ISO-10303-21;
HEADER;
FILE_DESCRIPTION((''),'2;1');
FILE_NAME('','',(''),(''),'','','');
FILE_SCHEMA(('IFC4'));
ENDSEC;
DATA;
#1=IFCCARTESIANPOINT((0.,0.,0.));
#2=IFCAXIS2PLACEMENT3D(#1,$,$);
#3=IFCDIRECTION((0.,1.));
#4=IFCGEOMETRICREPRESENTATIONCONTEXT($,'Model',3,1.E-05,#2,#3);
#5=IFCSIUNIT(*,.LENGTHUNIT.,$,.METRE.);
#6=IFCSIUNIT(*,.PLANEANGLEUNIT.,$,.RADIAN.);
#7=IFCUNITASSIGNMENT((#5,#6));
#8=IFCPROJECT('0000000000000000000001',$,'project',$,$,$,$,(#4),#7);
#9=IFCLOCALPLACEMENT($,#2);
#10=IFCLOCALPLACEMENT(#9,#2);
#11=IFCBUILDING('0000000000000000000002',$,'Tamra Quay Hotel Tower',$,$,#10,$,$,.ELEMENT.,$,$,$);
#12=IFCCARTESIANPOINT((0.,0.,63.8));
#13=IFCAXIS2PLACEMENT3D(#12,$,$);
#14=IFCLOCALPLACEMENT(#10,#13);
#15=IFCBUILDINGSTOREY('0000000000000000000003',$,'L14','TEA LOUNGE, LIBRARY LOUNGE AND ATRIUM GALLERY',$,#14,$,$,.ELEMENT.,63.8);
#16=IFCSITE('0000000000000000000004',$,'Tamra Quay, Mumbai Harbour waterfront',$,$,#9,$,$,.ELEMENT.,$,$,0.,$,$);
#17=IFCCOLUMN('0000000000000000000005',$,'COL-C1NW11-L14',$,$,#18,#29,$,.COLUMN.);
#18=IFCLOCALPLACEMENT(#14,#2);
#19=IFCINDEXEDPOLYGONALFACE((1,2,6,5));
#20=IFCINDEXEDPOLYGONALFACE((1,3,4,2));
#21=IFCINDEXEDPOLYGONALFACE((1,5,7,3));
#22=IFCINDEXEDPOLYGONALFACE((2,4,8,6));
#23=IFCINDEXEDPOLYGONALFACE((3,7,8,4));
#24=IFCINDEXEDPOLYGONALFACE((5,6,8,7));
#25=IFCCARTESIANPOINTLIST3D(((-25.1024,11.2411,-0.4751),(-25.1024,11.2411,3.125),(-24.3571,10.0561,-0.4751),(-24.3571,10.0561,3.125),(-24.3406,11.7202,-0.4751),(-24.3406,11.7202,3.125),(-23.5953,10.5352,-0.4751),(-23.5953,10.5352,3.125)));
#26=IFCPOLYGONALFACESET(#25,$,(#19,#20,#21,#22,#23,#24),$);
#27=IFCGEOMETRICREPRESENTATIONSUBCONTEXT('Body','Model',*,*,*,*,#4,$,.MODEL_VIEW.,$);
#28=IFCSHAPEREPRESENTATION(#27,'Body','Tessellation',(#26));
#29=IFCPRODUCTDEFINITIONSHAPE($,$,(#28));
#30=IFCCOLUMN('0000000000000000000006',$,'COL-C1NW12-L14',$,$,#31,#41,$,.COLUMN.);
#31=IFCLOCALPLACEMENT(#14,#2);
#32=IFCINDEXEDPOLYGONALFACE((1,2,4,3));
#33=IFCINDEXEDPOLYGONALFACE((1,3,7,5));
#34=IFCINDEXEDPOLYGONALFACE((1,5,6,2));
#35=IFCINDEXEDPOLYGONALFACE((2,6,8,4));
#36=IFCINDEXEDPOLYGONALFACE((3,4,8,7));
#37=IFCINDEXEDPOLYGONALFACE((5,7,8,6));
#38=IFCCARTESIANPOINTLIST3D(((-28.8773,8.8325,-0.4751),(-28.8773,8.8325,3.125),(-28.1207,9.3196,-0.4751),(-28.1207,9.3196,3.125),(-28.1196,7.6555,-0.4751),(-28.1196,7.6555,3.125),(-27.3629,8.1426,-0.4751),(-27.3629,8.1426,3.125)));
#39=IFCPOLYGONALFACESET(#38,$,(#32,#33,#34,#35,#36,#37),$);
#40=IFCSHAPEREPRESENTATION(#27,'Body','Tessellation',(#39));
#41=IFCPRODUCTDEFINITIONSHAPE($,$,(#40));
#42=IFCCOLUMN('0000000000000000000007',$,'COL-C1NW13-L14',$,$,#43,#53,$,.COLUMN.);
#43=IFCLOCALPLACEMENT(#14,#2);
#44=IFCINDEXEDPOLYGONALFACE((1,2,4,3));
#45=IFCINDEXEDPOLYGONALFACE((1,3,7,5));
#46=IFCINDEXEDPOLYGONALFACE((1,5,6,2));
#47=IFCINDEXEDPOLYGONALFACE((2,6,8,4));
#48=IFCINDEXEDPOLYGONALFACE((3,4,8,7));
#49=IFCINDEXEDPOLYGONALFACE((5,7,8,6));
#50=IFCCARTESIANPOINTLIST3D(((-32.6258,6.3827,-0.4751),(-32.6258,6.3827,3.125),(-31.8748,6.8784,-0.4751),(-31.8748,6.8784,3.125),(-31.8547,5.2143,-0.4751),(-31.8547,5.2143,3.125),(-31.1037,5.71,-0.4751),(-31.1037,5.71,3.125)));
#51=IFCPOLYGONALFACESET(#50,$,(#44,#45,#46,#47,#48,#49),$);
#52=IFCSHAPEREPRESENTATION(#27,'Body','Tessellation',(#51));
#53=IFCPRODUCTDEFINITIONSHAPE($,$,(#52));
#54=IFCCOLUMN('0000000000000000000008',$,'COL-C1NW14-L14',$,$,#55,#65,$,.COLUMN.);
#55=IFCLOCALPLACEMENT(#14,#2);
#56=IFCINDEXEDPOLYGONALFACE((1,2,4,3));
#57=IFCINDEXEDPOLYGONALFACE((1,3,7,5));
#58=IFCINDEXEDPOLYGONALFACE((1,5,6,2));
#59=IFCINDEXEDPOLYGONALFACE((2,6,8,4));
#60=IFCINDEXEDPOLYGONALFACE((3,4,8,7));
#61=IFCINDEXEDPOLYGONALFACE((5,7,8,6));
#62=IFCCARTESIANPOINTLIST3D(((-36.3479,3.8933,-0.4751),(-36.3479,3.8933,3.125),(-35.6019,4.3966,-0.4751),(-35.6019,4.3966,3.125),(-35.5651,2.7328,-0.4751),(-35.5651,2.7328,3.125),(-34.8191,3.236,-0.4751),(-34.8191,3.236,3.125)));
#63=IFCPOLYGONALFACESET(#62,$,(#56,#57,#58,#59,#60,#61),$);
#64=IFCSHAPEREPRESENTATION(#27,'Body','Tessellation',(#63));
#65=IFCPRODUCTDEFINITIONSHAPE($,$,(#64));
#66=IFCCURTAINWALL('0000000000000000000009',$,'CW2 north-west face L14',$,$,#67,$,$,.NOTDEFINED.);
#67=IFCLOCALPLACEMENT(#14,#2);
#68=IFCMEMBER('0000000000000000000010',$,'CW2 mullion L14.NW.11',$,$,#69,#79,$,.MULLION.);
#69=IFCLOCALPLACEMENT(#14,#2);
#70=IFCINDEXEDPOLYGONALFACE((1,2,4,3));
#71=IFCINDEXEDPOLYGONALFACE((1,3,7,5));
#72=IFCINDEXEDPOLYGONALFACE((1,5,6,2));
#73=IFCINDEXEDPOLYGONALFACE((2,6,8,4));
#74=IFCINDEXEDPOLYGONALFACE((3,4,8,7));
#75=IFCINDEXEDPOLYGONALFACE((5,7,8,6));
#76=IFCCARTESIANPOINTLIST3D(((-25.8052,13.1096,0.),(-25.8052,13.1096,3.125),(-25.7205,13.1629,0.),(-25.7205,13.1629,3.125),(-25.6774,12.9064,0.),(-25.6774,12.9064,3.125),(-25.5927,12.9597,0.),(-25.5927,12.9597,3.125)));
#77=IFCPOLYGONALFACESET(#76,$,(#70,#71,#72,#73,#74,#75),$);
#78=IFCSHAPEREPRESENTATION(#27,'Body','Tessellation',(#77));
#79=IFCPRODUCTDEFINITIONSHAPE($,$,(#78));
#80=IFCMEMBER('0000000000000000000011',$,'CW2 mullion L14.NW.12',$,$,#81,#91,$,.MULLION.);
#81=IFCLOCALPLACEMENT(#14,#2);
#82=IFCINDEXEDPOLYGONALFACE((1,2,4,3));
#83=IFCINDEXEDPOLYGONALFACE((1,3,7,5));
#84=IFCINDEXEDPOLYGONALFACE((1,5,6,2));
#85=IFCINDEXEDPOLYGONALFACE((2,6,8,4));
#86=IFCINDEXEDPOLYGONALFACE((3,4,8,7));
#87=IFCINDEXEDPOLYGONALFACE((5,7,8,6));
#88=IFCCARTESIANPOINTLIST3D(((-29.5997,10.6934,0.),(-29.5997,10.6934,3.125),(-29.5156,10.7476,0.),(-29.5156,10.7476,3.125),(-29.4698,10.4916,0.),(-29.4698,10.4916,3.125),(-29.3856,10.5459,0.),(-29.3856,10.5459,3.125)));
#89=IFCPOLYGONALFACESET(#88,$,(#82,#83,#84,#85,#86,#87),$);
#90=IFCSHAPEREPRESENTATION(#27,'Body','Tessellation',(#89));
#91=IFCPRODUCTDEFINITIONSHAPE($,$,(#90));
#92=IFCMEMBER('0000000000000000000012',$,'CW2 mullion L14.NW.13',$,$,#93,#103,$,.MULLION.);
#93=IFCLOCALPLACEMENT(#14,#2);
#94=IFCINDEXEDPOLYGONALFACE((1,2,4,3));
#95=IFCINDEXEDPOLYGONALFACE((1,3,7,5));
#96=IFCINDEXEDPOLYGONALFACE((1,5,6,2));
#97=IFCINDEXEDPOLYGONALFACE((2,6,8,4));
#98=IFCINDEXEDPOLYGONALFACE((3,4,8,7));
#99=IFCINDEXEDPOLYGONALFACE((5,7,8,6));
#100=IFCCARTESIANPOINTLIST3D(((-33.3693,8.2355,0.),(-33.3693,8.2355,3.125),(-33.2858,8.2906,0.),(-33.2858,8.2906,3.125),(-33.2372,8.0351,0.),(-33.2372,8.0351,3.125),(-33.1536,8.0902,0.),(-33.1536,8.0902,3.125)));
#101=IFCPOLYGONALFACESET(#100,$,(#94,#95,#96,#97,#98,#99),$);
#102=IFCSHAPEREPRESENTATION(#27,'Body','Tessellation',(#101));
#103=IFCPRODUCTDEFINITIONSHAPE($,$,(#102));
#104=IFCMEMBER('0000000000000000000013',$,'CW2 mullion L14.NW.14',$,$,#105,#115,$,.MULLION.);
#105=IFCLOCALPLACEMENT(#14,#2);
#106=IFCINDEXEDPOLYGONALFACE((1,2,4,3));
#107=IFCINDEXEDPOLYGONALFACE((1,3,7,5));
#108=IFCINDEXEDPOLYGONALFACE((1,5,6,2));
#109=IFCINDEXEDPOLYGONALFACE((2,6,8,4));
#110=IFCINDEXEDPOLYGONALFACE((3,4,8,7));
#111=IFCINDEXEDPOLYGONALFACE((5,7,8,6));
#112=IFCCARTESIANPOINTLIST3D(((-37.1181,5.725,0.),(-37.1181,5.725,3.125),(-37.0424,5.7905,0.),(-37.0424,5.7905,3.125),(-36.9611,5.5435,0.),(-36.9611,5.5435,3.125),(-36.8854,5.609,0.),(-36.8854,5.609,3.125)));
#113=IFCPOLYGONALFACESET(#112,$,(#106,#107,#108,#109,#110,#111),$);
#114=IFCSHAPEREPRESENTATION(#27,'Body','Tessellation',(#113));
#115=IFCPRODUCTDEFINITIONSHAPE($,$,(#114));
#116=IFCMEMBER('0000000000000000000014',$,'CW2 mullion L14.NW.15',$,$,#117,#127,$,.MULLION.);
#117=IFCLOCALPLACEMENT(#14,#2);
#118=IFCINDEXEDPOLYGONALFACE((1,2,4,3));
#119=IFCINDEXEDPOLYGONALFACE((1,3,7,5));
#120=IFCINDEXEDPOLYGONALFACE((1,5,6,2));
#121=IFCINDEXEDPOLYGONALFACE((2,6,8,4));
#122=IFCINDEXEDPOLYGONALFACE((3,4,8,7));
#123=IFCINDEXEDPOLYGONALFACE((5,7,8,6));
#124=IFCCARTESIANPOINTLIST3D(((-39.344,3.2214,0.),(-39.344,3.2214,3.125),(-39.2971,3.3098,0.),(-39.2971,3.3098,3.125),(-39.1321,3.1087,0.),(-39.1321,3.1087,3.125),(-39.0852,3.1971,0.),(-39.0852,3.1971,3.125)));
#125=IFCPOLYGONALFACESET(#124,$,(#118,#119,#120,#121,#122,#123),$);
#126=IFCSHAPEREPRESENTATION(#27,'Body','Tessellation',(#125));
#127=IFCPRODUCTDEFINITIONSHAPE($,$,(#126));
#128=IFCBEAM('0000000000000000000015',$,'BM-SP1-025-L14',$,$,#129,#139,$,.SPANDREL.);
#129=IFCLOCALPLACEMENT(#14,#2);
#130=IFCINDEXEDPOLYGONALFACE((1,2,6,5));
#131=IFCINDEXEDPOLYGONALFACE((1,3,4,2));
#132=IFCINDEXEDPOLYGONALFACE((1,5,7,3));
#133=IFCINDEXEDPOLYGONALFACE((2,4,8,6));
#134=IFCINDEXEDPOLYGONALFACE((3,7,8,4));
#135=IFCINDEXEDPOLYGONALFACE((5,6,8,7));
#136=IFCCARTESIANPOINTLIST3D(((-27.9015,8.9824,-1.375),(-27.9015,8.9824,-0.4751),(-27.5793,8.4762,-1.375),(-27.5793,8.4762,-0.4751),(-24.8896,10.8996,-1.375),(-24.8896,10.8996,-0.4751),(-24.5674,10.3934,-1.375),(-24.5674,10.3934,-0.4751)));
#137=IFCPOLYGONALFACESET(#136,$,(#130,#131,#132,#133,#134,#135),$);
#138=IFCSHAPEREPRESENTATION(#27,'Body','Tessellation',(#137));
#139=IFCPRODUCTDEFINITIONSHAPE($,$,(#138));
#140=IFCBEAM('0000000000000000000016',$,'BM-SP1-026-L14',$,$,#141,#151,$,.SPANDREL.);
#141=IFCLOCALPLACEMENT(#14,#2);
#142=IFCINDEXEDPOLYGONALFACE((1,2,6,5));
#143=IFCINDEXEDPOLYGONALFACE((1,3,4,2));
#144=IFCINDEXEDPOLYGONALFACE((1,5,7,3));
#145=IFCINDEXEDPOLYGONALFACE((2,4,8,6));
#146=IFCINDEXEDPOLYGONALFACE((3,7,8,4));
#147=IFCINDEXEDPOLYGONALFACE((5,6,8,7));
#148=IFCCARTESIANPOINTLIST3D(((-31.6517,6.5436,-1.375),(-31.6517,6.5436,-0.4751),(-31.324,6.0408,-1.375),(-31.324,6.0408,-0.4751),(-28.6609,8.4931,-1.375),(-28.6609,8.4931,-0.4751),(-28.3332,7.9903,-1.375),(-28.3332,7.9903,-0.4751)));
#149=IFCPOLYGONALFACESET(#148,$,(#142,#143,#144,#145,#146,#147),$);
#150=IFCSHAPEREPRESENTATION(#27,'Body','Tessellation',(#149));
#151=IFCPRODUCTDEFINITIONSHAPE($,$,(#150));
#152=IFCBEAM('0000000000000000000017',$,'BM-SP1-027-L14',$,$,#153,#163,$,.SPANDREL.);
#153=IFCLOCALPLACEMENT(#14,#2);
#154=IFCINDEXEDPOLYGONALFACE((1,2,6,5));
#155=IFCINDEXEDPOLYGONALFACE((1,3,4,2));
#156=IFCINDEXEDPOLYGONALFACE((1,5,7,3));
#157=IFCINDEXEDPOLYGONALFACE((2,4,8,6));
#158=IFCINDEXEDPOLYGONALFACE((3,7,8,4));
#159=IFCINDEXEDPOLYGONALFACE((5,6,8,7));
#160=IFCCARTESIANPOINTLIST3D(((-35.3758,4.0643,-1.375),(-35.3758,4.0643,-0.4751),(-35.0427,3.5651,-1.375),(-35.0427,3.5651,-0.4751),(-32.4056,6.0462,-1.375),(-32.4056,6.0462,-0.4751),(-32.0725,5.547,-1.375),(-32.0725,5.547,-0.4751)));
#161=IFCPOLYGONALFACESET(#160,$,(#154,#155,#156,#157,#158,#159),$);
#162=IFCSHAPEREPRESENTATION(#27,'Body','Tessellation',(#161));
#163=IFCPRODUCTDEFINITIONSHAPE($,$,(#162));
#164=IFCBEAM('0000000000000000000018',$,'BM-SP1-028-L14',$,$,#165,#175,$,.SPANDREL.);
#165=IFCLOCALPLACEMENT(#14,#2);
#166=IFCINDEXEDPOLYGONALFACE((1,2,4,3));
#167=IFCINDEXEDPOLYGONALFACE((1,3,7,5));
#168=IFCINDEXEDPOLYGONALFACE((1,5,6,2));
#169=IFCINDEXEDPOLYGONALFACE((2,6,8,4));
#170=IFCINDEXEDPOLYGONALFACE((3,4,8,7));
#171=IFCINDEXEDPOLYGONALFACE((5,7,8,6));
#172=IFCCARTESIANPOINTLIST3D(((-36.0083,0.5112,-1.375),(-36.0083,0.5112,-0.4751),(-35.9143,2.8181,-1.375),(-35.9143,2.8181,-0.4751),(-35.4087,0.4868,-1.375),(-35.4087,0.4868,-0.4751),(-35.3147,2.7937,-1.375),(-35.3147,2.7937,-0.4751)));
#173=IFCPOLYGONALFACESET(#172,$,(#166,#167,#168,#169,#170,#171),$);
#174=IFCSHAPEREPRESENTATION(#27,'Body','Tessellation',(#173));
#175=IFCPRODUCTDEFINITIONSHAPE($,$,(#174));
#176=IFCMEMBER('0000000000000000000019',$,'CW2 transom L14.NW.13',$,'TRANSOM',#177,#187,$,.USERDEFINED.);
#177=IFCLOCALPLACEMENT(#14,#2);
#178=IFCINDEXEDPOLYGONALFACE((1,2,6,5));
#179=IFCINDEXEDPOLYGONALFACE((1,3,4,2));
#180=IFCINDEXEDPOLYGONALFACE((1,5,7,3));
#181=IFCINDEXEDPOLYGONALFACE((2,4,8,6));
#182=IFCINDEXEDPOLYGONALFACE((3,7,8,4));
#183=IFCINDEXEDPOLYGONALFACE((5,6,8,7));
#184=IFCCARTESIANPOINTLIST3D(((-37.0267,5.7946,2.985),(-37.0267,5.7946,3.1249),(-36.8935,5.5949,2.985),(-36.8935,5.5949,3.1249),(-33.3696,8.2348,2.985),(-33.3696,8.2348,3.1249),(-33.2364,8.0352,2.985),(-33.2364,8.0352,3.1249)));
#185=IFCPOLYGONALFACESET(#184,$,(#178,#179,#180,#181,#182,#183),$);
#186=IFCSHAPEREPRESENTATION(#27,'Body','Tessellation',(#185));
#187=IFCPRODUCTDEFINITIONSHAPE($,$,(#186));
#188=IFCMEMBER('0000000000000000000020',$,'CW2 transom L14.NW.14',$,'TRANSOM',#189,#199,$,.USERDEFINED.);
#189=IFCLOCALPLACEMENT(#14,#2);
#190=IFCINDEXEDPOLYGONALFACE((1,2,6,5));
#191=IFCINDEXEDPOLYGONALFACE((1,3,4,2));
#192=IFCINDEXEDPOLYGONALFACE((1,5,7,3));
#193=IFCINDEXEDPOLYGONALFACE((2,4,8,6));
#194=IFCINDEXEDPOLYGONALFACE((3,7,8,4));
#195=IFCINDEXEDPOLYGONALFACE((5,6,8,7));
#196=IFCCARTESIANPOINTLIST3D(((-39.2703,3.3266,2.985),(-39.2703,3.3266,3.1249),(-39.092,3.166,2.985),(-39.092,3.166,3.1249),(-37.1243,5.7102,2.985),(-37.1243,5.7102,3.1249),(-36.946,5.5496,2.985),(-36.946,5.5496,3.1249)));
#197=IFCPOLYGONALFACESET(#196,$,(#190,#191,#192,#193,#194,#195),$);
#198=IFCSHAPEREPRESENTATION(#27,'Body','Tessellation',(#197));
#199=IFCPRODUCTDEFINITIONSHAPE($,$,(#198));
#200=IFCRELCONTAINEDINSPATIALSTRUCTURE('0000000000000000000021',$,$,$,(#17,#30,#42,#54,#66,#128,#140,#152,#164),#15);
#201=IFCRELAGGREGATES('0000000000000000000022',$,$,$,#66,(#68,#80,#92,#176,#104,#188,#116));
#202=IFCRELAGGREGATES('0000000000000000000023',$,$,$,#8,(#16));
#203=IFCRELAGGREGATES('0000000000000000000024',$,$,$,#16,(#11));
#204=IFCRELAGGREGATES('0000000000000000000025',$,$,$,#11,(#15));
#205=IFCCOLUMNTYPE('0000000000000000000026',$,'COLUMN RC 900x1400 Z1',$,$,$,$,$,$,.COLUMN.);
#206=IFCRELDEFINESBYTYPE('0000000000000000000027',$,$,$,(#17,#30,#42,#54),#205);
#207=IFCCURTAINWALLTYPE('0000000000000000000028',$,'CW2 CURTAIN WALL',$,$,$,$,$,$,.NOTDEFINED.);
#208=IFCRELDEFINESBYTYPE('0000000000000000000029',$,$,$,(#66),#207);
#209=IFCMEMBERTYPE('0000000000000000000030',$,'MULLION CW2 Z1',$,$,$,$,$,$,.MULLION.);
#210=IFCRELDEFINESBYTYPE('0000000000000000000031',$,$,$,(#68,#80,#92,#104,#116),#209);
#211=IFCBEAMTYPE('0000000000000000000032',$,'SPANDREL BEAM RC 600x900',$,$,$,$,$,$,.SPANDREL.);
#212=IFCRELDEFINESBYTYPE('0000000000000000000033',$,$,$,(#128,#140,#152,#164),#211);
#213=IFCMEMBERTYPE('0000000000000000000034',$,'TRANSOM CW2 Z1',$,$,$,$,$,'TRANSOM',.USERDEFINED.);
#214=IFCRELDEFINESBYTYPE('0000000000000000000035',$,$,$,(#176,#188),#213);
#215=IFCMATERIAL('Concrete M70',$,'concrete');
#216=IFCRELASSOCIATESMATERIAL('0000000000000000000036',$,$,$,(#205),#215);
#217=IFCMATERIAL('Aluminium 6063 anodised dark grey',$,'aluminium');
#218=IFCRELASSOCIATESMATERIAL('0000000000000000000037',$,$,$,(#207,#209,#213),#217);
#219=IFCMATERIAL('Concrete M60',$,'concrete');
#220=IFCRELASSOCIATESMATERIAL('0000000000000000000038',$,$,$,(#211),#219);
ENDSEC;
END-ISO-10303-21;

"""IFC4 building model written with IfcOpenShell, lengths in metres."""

from ifc_helpers import new_model, si_unit, direction, frame, origin, origin_2d, place, context, subcontext, project, spatial, rectangle, extrude, material, material_profile, profile_set, type_object, element, aggregate, save


model = new_model("IFC4")

# Units and contexts
model_context = context("Model", 3, precision=1e-05, world=origin(), true_north=direction((0.0, 1.0)))
body_context = subcontext(model_context, "Body", "Model", "MODEL_VIEW")
ifc_project = project(units=[si_unit("LENGTHUNIT", "METRE"), si_unit("PLANEANGLEUNIT", "RADIAN")], contexts=[model_context])

# Site, building, storey
site_placement = place(None, origin())
site = spatial("IfcSite", under=ifc_project, at=site_placement, Name="Tamra Quay, Mumbai Harbour waterfront", CompositionType="ELEMENT", RefElevation=0.0)
building_placement = place(site_placement, origin())
building = spatial("IfcBuilding", under=site, at=building_placement, Name="Tamra Quay Hotel Tower", CompositionType="ELEMENT")
storey_placement = place(building_placement, frame((0.0, 0.0, 63.8)))
storey = spatial("IfcBuildingStorey", under=building, at=storey_placement, Name="L14", Description="TEA LOUNGE, LIBRARY LOUNGE AND ATRIUM GALLERY", CompositionType="ELEMENT", Elevation=63.8)

# Columns
ifc_material_1 = material(Name="Concrete M70", Category="concrete")
ifc_material_profile_1 = material_profile(ifc_material_1, rectangle(XDim=1.3999, YDim=0.8999, at=origin_2d()), Name="COLUMN RC 900x1400 Z1")
ifc_profile_set_1 = profile_set([ifc_material_profile_1], Name="Concrete M70")
column_type = type_object("IfcColumnType", Name="COLUMN RC 900x1400 Z1", PredefinedType="COLUMN", material=ifc_profile_set_1)
for number, where, z_axis, x_axis, name in (
    (1, (-24.3489, 10.8882, -0.4751), (0.0, 0.0, 1.0), (-0.532389, 0.8465, 0.0), "COL-C1NW11-L14"),
    (2, (-28.1201, 8.4875, -0.4751), (0.0, 0.0, 1.0), (-0.541283, 0.840841, 0.0), "COL-C1NW12-L14"),
    (3, (-31.8647, 6.0464, -0.4751), (0.0, 0.0, 1.0), (-0.550838, 0.834612, 0.0), "COL-C1NW13-L14"),
    (4, (-35.5835, 3.5647, -0.4751), (0.0, 0.0, 1.0), (-0.55922, 0.829019, 0.0), "COL-C1NW14-L14"),
):
    element("IfcColumn", number, at=place(storey_placement, frame(where, z_axis=z_axis, x_axis=x_axis)), inside=storey, type_object=column_type, Name=name, PredefinedType="COLUMN", context=body_context, shape_type="SweptSolid", body=[
        extrude(rectangle(XDim=1.3999, YDim=0.8999, at=origin_2d()), origin(), (0.0, 0.0, 1.0), 3.6001),
    ])

# Curtain wall, members
ifc_material_2 = material(Name="Aluminium 6063 anodised dark grey", Category="aluminium")
curtain_wall_type = type_object("IfcCurtainWallType", Name="CW2 CURTAIN WALL", PredefinedType="NOTDEFINED", material=ifc_material_2)
curtain_wall_placement = place(storey_placement, origin())
curtain_wall = element("IfcCurtainWall", 5, at=curtain_wall_placement, inside=storey, type_object=curtain_wall_type, Name="CW2 north-west face L14", PredefinedType="NOTDEFINED")
ifc_material_profile_2 = material_profile(ifc_material_2, rectangle(XDim=0.24, YDim=0.1001, at=origin_2d()), Name="MULLION 100X240")
ifc_profile_set_2 = profile_set([ifc_material_profile_2], Name="Aluminium 6063 anodised dark grey")
member_type_1 = type_object("IfcMemberType", Name="MULLION CW2 Z1", PredefinedType="MULLION", material=ifc_profile_set_2)
member_1_placement = place(storey_placement, frame((-25.699, 13.0347, 0.0), z_axis=(0.0, 0.0, 1.0), x_axis=(-0.532447, 0.846463, 0.0)))
member_1 = element("IfcMember", 6, at=member_1_placement, type_object=member_type_1, Name="CW2 mullion L14.NW.11", PredefinedType="MULLION", context=body_context, shape_type="SweptSolid", body=[
    extrude(rectangle(XDim=0.24, YDim=0.1001, at=origin_2d()), origin(), (0.0, 0.0, 1.0), 3.125),
])
member_2_placement = place(storey_placement, frame((-29.4927, 10.6196, 0.0), z_axis=(0.0, 0.0, 1.0), x_axis=(-0.541561, 0.840662, 0.0)))
member_2 = element("IfcMember", 7, at=member_2_placement, type_object=member_type_1, Name="CW2 mullion L14.NW.12", PredefinedType="MULLION", context=body_context, shape_type="SweptSolid", body=[
    extrude(rectangle(XDim=0.24, YDim=0.1001, at=origin_2d()), origin(), (0.0, 0.0, 1.0), 3.125),
])
member_3_placement = place(storey_placement, frame((-33.2615, 8.1628, 0.0), z_axis=(0.0, 0.0, 1.0), x_axis=(-0.550591, 0.834775, 0.0)))
member_3 = element("IfcMember", 8, at=member_3_placement, type_object=member_type_1, Name="CW2 mullion L14.NW.13", PredefinedType="MULLION", context=body_context, shape_type="SweptSolid", body=[
    extrude(rectangle(XDim=0.24, YDim=0.1001, at=origin_2d()), origin(), (0.0, 0.0, 1.0), 3.125),
])
member_4_placement = place(storey_placement, frame((-37.0017, 5.667, 0.0), z_axis=(0.0, 0.0, 1.0), x_axis=(-0.654197, 0.756324, 0.0)))
member_4 = element("IfcMember", 9, at=member_4_placement, type_object=member_type_1, Name="CW2 mullion L14.NW.14", PredefinedType="MULLION", context=body_context, shape_type="SweptSolid", body=[
    extrude(rectangle(XDim=0.24, YDim=0.1001, at=origin_2d()), origin(), (0.0, 0.0, 1.0), 3.125),
])
member_5_placement = place(storey_placement, frame((-39.2146, 3.2092, 0.0), z_axis=(0.0, 0.0, 1.0), x_axis=(-0.882955, 0.469457, 0.0)))
member_5 = element("IfcMember", 10, at=member_5_placement, type_object=member_type_1, Name="CW2 mullion L14.NW.15", PredefinedType="MULLION", context=body_context, shape_type="SweptSolid", body=[
    extrude(rectangle(XDim=0.24, YDim=0.1001, at=origin_2d()), origin(), (0.0, 0.0, 1.0), 3.125),
])

# Beams
ifc_material_3 = material(Name="Concrete M60", Category="concrete")
ifc_material_profile_3 = material_profile(ifc_material_3, rectangle(XDim=0.6001, YDim=0.8999, at=origin_2d()), Name="SPANDREL BEAM RC 600x900")
ifc_profile_set_3 = profile_set([ifc_material_profile_3], Name="Concrete M60")
beam_type = type_object("IfcBeamType", Name="SPANDREL BEAM RC 600x900", PredefinedType="SPANDREL", material=ifc_profile_set_3)
beam_1_placement = place(storey_placement, frame((-24.7285, 10.6465, -0.925), z_axis=(-0.843594, -0.536982, 0.0), x_axis=(0.536982, -0.843594, 0.0)))
element("IfcBeam", 11, at=beam_1_placement, inside=storey, type_object=beam_type, Name="BM-SP1-025-L14", PredefinedType="SPANDREL", context=body_context, shape_type="SweptSolid", body=[
    extrude(rectangle(XDim=0.6001, YDim=0.8999, at=origin_2d()), origin(), (0.0, 0.0, 1.0), 3.5703),
])
beam_2_placement = place(storey_placement, frame((-28.4971, 8.2417, -0.925), z_axis=(-0.83774, -0.54607, 0.0), x_axis=(0.54607, -0.83774, 0.0)))
element("IfcBeam", 12, at=beam_2_placement, inside=storey, type_object=beam_type, Name="BM-SP1-026-L14", PredefinedType="SPANDREL", context=body_context, shape_type="SweptSolid", body=[
    extrude(rectangle(XDim=0.6001, YDim=0.8999, at=origin_2d()), origin(), (0.0, 0.0, 1.0), 3.5701),
])
beam_3_placement = place(storey_placement, frame((-32.239, 5.7966, -0.925), z_axis=(-0.831819, -0.555047, 0.0), x_axis=(0.555047, -0.831819, 0.0)))
element("IfcBeam", 13, at=beam_3_placement, inside=storey, type_object=beam_type, Name="BM-SP1-027-L14", PredefinedType="SPANDREL", context=body_context, shape_type="SweptSolid", body=[
    extrude(rectangle(XDim=0.6001, YDim=0.8999, at=origin_2d()), origin(), (0.0, 0.0, 1.0), 3.5708),
])
beam_4_placement = place(storey_placement, frame((-35.6145, 2.8059, -0.925), z_axis=(-0.040711, -0.999171, 0.0), x_axis=(0.999171, -0.040711, 0.0)))
element("IfcBeam", 14, at=beam_4_placement, inside=storey, type_object=beam_type, Name="BM-SP1-028-L14", PredefinedType="SPANDREL", context=body_context, shape_type="SweptSolid", body=[
    extrude(rectangle(XDim=0.6001, YDim=0.8999, at=origin_2d()), origin(), (0.0, 0.0, 1.0), 2.3088),
])

# Members
ifc_material_profile_4 = material_profile(ifc_material_2, rectangle(XDim=0.24, YDim=0.1399, at=origin_2d()), Name="TRANSOM 240X140")
ifc_profile_set_4 = profile_set([ifc_material_profile_4], Name="Aluminium 6063 anodised dark grey")
member_type_2 = type_object("IfcMemberType", Name="TRANSOM CW2 Z1", ElementType="TRANSOM", PredefinedType="USERDEFINED", material=ifc_profile_set_4)
member_6_placement = place(storey_placement, frame((-33.303, 8.135, 3.0549), z_axis=(-0.83182, -0.555046, 0.0), x_axis=(0.555046, -0.83182, 0.0)))
member_6 = element("IfcMember", 15, at=member_6_placement, type_object=member_type_2, Name="CW2 transom L14.NW.13", ObjectType="TRANSOM", PredefinedType="USERDEFINED", context=body_context, shape_type="SweptSolid", body=[
    extrude(rectangle(XDim=0.24, YDim=0.1399, at=origin_2d()), origin(), (0.0, 0.0, 1.0), 4.3965),
])
member_7_placement = place(storey_placement, frame((-37.0352, 5.6299, 3.0549), z_axis=(-0.669104, -0.743169, 0.0), x_axis=(0.743169, -0.669104, 0.0)))
member_7 = element("IfcMember", 16, at=member_7_placement, type_object=member_type_2, Name="CW2 transom L14.NW.14", ObjectType="TRANSOM", PredefinedType="USERDEFINED", context=body_context, shape_type="SweptSolid", body=[
    extrude(rectangle(XDim=0.24, YDim=0.1399, at=origin_2d()), origin(), (0.0, 0.0, 1.0), 3.2073),
])

aggregate(curtain_wall, [member_1, member_2, member_3, member_6, member_4, member_7, member_5])

save(model, "model.ifc")
